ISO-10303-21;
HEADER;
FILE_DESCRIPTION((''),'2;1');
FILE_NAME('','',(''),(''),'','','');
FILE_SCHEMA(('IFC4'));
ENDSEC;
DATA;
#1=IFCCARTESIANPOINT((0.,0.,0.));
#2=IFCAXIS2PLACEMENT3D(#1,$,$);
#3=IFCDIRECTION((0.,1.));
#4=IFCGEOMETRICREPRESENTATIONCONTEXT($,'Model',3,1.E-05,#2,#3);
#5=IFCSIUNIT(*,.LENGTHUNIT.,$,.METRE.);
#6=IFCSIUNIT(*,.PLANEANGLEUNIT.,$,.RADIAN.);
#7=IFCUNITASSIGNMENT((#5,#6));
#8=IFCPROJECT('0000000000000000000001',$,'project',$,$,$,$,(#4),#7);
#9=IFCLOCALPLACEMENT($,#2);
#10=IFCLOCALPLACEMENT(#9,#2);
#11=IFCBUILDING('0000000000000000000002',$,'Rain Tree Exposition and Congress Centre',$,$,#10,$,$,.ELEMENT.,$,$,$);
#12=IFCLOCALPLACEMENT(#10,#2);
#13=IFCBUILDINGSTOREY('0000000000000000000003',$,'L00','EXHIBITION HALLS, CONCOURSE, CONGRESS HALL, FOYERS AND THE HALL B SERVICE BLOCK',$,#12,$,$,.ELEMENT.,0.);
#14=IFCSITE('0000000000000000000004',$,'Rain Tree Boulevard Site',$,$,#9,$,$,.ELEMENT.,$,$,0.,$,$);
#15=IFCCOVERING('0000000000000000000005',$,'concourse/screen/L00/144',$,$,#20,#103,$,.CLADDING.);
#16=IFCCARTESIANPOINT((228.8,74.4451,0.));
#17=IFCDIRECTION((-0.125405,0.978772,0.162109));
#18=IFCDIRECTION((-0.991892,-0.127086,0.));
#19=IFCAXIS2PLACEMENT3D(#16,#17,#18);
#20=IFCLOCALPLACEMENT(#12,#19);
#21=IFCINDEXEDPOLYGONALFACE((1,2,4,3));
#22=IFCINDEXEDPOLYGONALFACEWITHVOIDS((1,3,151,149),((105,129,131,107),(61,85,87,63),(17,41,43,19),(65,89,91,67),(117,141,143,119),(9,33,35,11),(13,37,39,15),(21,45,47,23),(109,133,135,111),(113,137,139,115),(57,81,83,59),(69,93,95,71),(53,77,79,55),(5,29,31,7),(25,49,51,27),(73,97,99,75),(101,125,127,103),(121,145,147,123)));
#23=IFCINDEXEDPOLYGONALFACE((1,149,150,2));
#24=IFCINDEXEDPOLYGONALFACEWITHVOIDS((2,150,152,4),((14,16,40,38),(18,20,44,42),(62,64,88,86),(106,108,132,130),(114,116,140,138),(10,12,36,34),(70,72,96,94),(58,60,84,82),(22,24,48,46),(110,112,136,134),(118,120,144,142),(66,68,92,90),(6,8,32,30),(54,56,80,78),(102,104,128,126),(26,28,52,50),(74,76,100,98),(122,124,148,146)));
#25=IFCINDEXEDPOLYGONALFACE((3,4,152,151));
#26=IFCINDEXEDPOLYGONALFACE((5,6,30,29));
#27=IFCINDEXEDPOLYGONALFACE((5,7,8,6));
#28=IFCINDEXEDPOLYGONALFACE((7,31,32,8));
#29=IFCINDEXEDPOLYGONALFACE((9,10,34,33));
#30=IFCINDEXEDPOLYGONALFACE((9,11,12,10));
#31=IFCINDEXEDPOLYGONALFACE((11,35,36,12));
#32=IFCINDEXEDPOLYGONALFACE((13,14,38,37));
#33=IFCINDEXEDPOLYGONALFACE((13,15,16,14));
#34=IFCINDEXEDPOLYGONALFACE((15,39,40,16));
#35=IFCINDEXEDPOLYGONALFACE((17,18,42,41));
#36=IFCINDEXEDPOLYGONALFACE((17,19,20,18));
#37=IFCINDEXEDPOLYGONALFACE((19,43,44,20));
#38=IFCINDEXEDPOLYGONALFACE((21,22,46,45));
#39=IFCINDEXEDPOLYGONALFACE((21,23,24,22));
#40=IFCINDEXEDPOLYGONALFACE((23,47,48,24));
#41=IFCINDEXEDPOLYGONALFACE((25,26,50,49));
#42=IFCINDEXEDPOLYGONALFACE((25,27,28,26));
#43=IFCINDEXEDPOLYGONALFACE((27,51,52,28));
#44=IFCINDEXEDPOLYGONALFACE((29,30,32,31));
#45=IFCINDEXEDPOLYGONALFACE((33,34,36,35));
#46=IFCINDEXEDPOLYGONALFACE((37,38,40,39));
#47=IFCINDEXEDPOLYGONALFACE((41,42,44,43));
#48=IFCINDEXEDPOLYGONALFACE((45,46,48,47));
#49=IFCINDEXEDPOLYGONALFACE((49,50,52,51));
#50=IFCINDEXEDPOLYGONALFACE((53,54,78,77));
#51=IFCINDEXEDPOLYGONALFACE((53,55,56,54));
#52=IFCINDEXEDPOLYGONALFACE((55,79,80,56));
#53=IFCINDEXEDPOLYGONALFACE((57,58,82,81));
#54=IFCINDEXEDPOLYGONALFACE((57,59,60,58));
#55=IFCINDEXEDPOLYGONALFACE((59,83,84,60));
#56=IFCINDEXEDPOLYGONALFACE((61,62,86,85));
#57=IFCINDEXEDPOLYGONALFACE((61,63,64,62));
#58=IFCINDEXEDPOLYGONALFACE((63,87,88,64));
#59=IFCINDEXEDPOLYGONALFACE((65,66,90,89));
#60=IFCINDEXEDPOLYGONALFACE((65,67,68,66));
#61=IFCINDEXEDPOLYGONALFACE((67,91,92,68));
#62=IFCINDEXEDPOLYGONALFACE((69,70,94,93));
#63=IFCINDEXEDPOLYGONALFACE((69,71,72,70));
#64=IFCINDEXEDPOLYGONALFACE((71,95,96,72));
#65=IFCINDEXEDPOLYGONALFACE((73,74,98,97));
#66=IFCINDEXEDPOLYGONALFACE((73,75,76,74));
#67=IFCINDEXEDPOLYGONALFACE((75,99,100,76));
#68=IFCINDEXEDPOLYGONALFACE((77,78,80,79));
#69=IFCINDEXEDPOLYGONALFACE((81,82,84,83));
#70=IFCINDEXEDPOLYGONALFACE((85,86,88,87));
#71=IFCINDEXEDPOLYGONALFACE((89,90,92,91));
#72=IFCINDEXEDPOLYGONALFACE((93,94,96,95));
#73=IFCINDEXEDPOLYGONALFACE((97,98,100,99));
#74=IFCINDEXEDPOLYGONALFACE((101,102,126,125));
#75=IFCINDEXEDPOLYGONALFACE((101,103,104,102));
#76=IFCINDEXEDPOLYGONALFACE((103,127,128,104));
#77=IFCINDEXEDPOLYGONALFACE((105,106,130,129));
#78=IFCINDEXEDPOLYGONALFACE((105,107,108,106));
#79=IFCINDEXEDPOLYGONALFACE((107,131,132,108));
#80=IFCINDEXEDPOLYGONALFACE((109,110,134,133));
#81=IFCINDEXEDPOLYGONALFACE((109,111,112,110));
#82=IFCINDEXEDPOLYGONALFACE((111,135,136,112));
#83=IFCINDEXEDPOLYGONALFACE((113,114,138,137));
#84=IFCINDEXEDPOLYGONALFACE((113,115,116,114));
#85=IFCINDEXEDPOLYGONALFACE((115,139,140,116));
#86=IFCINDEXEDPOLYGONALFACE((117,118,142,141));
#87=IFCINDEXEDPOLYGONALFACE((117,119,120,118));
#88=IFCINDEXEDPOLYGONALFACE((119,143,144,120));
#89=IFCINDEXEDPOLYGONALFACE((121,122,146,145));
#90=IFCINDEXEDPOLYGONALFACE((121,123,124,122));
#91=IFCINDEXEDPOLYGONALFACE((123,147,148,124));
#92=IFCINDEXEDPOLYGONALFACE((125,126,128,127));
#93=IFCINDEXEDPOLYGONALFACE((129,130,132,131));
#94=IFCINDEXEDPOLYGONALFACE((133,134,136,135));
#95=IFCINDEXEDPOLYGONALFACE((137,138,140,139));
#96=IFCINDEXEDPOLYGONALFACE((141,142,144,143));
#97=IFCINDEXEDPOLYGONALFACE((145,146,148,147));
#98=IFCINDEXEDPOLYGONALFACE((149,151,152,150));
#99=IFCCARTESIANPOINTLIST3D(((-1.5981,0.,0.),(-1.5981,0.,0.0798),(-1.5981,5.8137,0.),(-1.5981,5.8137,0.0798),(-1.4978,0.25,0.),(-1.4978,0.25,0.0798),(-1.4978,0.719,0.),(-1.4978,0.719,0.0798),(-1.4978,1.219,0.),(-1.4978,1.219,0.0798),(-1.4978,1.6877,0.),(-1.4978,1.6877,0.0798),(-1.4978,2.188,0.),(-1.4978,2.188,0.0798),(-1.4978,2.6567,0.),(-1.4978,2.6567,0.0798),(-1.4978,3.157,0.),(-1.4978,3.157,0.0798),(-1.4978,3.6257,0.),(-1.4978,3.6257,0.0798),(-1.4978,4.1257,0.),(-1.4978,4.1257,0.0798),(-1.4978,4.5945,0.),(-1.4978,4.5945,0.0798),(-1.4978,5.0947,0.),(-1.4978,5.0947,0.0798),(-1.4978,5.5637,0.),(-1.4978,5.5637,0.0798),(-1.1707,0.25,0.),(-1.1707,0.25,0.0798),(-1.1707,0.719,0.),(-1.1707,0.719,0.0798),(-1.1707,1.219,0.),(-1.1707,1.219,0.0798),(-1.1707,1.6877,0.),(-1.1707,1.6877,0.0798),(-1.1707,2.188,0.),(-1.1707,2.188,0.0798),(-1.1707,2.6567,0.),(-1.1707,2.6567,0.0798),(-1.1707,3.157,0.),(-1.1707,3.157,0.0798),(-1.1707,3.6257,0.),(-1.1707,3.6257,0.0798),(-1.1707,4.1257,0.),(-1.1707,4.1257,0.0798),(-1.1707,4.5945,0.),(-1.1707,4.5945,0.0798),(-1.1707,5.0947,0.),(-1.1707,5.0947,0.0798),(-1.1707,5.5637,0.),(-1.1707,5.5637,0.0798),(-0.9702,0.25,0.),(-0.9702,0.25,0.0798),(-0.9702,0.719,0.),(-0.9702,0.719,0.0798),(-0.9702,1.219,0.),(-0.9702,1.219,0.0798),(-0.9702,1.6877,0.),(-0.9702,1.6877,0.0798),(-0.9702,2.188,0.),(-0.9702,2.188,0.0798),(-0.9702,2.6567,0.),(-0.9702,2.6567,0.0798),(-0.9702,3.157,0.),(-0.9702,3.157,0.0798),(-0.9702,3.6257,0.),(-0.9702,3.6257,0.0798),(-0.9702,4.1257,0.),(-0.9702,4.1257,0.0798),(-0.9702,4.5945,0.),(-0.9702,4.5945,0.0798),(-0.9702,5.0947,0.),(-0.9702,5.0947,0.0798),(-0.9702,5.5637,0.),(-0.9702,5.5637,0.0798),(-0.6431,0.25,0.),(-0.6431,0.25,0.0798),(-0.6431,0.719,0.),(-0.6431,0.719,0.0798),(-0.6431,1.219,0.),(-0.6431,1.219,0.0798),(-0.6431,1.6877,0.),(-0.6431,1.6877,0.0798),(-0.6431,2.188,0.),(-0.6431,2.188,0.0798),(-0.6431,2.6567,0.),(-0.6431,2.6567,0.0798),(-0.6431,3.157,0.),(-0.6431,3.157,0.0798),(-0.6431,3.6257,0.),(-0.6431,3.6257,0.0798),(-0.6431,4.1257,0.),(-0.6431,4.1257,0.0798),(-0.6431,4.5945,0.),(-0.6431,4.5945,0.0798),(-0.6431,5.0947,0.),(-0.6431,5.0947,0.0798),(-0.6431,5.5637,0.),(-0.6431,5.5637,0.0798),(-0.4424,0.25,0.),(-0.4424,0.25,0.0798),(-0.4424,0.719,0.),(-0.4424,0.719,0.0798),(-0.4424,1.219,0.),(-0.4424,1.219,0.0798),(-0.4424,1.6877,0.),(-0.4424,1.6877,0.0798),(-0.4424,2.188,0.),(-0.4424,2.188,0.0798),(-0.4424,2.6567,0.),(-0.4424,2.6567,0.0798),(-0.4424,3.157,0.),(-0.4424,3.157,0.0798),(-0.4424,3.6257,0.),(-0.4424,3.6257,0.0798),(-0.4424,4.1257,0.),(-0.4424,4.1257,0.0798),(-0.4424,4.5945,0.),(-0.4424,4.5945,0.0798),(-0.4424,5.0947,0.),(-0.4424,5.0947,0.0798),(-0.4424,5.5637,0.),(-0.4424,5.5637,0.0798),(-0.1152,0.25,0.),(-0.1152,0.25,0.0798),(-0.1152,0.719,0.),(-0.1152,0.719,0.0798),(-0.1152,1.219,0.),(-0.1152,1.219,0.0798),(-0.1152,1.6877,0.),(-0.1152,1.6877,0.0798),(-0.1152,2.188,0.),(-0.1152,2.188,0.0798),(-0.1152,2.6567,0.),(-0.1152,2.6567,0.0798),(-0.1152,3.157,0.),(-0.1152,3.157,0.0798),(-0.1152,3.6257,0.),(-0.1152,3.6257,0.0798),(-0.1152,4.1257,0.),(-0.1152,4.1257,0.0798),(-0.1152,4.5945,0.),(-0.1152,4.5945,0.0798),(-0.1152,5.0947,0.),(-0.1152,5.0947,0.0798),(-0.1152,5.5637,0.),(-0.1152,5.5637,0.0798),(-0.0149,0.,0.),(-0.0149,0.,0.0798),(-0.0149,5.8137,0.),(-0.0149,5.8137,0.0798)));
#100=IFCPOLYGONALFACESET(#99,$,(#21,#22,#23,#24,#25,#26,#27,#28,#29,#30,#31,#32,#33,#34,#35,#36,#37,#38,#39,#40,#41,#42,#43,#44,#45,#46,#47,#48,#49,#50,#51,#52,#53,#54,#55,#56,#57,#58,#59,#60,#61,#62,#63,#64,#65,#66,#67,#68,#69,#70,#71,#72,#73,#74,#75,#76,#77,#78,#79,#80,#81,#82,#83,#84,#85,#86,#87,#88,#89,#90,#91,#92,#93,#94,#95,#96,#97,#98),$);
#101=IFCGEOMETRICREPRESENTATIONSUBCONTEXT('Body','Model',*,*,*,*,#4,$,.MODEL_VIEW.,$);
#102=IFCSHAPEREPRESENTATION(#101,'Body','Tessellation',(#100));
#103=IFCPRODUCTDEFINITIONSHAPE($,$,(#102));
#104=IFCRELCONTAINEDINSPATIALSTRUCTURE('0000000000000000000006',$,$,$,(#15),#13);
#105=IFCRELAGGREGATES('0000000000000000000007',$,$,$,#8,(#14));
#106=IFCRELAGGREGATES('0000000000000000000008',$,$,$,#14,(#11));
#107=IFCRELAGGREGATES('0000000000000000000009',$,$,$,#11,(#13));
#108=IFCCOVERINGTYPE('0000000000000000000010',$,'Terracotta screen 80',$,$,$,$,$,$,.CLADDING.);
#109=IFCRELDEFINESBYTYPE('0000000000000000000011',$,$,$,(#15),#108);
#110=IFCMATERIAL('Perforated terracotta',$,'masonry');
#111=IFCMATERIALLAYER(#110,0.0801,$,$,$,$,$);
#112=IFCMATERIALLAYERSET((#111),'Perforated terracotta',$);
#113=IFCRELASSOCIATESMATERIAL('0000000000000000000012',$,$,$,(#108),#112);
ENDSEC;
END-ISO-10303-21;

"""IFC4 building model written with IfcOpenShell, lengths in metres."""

from ifc_helpers import new_model, si_unit, direction, frame, origin, place, context, subcontext, project, spatial, polyline, outline, extrude, material, layer, layer_set, type_object, element, save


model = new_model("IFC4")

# Units and contexts
model_context = context("Model", 3, precision=1e-05, world=origin(), true_north=direction((0.0, 1.0)))
body_context = subcontext(model_context, "Body", "Model", "MODEL_VIEW")
ifc_project = project(units=[si_unit("LENGTHUNIT", "METRE"), si_unit("PLANEANGLEUNIT", "RADIAN")], contexts=[model_context])

# Site, building, storey
site_placement = place(None, origin())
site = spatial("IfcSite", under=ifc_project, at=site_placement, Name="Rain Tree Boulevard Site", CompositionType="ELEMENT", RefElevation=0.0)
building_placement = place(site_placement, origin())
building = spatial("IfcBuilding", under=site, at=building_placement, Name="Rain Tree Exposition and Congress Centre", CompositionType="ELEMENT")
storey_placement = place(building_placement, origin())
storey = spatial("IfcBuildingStorey", under=building, at=storey_placement, Name="L00", Description="EXHIBITION HALLS, CONCOURSE, CONGRESS HALL, FOYERS AND THE HALL B SERVICE BLOCK", CompositionType="ELEMENT", Elevation=0.0)

# Covering
ifc_material_1 = material(Name="Perforated terracotta", Category="masonry")
ifc_layer_1 = layer(ifc_material_1, 0.0801)
ifc_layer_set_1 = layer_set([ifc_layer_1], Name="Perforated terracotta")
covering_type = type_object("IfcCoveringType", Name="Terracotta screen 80", PredefinedType="CLADDING", material=ifc_layer_set_1)
covering_1_placement = place(storey_placement, frame((228.8, 74.4451, 0.0), z_axis=(-0.125405, 0.978772, 0.162109), x_axis=(-0.991892, -0.127086, 0.0)))
element("IfcCovering", 1, at=covering_1_placement, inside=storey, type_object=covering_type, Name="concourse/screen/L00/144", PredefinedType="CLADDING", context=body_context, shape_type="SweptSolid", body=[
    extrude(outline(polyline([(-0.0149, 0.0), (-1.5981, 0.0), (-1.5981, 5.8137), (-0.0149, 5.8137), (-0.0149, 0.0)]), holes=[polyline([(-0.1152, 0.25), (-0.1152, 0.719), (-0.4424, 0.719), (-0.4424, 0.25), (-0.1152, 0.25)]), polyline([(-0.1152, 1.219), (-0.1152, 1.6877), (-0.4424, 1.6877), (-0.4424, 1.219), (-0.1152, 1.219)]), polyline([(-0.1152, 2.188), (-0.1152, 2.6567), (-0.4424, 2.6567), (-0.4424, 2.188), (-0.1152, 2.188)]), polyline([(-0.1152, 3.157), (-0.1152, 3.6257), (-0.4424, 3.6257), (-0.4424, 3.157), (-0.1152, 3.157)]), polyline([(-0.1152, 4.1257), (-0.1152, 4.5945), (-0.4424, 4.5945), (-0.4424, 4.1257), (-0.1152, 4.1257)]), polyline([(-0.1152, 5.0947), (-0.1152, 5.5637), (-0.4424, 5.5637), (-0.4424, 5.0947), (-0.1152, 5.0947)]), polyline([(-0.6431, 0.25), (-0.6431, 0.719), (-0.9702, 0.719), (-0.9702, 0.25), (-0.6431, 0.25)]), polyline([(-0.6431, 1.219), (-0.6431, 1.6877), (-0.9702, 1.6877), (-0.9702, 1.219), (-0.6431, 1.219)]), polyline([(-0.6431, 2.188), (-0.6431, 2.6567), (-0.9702, 2.6567), (-0.9702, 2.188), (-0.6431, 2.188)]), polyline([(-0.6431, 3.157), (-0.6431, 3.6257), (-0.9702, 3.6257), (-0.9702, 3.157), (-0.6431, 3.157)]), polyline([(-0.6431, 4.1257), (-0.6431, 4.5945), (-0.9702, 4.5945), (-0.9702, 4.1257), (-0.6431, 4.1257)]), polyline([(-0.6431, 5.0947), (-0.6431, 5.5637), (-0.9702, 5.5637), (-0.9702, 5.0947), (-0.6431, 5.0947)]), polyline([(-1.1707, 0.25), (-1.1707, 0.719), (-1.4978, 0.719), (-1.4978, 0.25), (-1.1707, 0.25)]), polyline([(-1.1707, 1.219), (-1.1707, 1.6877), (-1.4978, 1.6877), (-1.4978, 1.219), (-1.1707, 1.219)]), polyline([(-1.1707, 2.188), (-1.1707, 2.6567), (-1.4978, 2.6567), (-1.4978, 2.188), (-1.1707, 2.188)]), polyline([(-1.1707, 3.157), (-1.1707, 3.6257), (-1.4978, 3.6257), (-1.4978, 3.157), (-1.1707, 3.157)]), polyline([(-1.1707, 4.1257), (-1.1707, 4.5945), (-1.4978, 4.5945), (-1.4978, 4.1257), (-1.1707, 4.1257)]), polyline([(-1.1707, 5.0947), (-1.1707, 5.5637), (-1.4978, 5.5637), (-1.4978, 5.0947), (-1.1707, 5.0947)])]), origin(), (0.0, 0.0, 1.0), 0.0798),
])

save(model, "model.ifc")
